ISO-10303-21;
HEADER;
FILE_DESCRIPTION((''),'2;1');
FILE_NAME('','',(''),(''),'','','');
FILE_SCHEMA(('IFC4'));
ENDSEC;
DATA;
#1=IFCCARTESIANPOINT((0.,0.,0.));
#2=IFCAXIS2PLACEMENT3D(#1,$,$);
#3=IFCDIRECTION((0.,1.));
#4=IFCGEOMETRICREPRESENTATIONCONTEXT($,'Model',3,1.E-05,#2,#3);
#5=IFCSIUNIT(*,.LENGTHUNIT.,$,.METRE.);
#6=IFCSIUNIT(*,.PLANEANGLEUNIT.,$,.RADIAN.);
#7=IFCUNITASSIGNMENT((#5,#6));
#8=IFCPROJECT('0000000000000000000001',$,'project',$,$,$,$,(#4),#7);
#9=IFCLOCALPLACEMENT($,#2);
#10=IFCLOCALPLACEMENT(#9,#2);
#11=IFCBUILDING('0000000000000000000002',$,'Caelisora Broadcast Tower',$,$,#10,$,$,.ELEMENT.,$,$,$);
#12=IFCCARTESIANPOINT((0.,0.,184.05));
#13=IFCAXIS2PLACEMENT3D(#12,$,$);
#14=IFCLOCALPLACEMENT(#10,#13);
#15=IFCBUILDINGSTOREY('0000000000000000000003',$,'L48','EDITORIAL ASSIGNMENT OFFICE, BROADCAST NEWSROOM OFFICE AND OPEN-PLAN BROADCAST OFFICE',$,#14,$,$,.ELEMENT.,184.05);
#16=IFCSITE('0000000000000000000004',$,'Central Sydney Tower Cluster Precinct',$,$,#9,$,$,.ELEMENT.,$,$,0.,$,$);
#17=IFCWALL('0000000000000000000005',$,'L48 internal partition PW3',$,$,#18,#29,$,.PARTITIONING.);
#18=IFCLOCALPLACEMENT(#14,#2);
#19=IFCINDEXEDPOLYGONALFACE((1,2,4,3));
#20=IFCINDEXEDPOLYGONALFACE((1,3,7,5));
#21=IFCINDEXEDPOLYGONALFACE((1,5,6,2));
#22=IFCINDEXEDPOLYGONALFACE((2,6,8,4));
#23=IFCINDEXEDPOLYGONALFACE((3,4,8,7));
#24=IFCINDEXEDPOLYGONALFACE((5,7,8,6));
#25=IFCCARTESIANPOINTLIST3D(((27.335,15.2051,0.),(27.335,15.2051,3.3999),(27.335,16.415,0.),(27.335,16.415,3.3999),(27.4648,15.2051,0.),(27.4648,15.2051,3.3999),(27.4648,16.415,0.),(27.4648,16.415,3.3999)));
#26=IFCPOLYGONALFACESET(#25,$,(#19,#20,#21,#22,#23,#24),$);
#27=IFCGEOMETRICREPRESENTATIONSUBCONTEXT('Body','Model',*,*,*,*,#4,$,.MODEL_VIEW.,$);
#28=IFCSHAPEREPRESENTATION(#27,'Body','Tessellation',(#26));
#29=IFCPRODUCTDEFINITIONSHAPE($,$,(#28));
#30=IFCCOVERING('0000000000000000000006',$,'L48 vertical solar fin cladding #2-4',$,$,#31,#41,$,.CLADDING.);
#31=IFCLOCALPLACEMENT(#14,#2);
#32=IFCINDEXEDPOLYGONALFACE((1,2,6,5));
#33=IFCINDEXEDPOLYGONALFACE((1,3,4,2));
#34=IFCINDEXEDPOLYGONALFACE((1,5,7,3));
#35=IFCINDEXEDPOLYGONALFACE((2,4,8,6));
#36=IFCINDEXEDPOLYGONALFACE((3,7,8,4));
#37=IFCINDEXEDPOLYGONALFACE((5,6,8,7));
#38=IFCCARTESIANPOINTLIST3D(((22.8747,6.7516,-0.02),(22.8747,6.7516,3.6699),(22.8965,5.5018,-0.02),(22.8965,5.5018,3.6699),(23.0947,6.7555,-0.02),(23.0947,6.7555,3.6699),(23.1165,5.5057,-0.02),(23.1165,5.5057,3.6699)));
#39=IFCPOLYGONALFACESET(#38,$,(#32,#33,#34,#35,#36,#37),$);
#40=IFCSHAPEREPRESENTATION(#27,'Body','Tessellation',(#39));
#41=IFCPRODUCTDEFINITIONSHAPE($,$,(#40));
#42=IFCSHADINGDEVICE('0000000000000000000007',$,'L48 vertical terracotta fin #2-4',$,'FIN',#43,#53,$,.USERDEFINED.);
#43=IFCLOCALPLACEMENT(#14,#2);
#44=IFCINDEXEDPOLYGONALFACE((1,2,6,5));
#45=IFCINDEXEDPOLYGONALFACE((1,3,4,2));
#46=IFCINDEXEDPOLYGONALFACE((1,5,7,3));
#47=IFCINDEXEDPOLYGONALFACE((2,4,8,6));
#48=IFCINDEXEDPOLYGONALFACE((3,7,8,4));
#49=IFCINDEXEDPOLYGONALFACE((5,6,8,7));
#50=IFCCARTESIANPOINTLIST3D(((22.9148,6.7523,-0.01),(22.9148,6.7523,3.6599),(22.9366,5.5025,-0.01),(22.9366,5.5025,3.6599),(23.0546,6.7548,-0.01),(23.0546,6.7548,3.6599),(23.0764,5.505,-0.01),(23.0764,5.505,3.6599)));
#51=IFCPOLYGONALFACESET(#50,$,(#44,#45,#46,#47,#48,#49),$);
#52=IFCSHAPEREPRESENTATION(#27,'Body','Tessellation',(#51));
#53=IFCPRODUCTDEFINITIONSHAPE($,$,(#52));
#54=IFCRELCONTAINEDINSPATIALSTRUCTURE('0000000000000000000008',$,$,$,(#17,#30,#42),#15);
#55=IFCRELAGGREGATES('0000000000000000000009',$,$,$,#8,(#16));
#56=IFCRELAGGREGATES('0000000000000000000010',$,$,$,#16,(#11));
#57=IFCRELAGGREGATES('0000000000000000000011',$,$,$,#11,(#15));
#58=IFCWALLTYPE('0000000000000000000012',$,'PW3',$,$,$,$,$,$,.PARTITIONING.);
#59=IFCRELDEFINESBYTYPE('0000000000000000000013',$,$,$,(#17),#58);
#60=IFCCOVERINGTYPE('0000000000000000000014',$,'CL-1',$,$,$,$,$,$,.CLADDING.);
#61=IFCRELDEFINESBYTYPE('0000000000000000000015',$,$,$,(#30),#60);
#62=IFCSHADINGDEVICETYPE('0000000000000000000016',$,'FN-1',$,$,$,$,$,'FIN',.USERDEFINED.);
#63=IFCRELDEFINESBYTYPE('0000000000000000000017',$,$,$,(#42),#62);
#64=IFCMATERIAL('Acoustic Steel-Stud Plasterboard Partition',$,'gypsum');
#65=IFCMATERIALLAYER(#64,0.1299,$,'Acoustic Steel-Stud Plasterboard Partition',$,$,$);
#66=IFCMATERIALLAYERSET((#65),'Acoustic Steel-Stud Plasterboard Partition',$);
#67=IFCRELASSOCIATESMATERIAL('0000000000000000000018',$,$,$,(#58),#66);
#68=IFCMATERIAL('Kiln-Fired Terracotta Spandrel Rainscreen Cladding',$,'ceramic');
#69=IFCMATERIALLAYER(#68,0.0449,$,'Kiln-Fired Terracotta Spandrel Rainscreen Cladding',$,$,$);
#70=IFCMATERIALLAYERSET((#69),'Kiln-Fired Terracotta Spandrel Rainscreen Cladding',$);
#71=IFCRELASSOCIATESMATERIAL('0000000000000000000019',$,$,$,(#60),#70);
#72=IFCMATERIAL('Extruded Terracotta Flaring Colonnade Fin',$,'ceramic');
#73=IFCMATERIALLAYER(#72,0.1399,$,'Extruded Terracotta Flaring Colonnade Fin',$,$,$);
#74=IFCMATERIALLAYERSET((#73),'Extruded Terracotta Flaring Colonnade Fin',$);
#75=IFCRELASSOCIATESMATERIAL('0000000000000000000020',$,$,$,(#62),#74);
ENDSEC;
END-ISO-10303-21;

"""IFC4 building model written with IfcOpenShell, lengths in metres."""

from ifc_helpers import new_model, si_unit, direction, frame, frame_2d, origin, origin_2d, place, context, subcontext, project, spatial, rectangle, extrude, source, transform, mapped, material, layer, layer_set, type_object, type_shapes, element, save


model = new_model("IFC4")

# Units and contexts
model_context = context("Model", 3, precision=1e-05, world=origin(), true_north=direction((0.0, 1.0)))
body_context = subcontext(model_context, "Body", "Model", "MODEL_VIEW")
ifc_project = project(units=[si_unit("LENGTHUNIT", "METRE"), si_unit("PLANEANGLEUNIT", "RADIAN")], contexts=[model_context])

# Site, building, storey
site_placement = place(None, origin())
site = spatial("IfcSite", under=ifc_project, at=site_placement, Name="Central Sydney Tower Cluster Precinct", CompositionType="ELEMENT", RefElevation=0.0)
building_placement = place(site_placement, origin())
building = spatial("IfcBuilding", under=site, at=building_placement, Name="Caelisora Broadcast Tower", CompositionType="ELEMENT")
storey_placement = place(building_placement, frame((0.0, 0.0, 184.05)))
storey = spatial("IfcBuildingStorey", under=building, at=storey_placement, Name="L48", Description="EDITORIAL ASSIGNMENT OFFICE, BROADCAST NEWSROOM OFFICE AND OPEN-PLAN BROADCAST OFFICE", CompositionType="ELEMENT", Elevation=184.05)

# Shared definitions
ifc_material_1 = material(Name="Acoustic Steel-Stud Plasterboard Partition", Category="gypsum")
ifc_layer_1 = layer(ifc_material_1, 0.1299, Name="Acoustic Steel-Stud Plasterboard Partition")
ifc_layer_set_1 = layer_set([ifc_layer_1], Name="Acoustic Steel-Stud Plasterboard Partition")
wall_type = type_object("IfcWallType", Name="PW3", PredefinedType="PARTITIONING", material=ifc_layer_set_1)

# Wall
wall_1_placement = place(storey_placement, frame((27.3999, 15.2051, 0.0), z_axis=(0.0, 0.0, 1.0), x_axis=(0.0, 1.0, 0.0)))
element("IfcWall", 1, at=wall_1_placement, inside=storey, type_object=wall_type, Name="L48 internal partition PW3", PredefinedType="PARTITIONING", context=body_context, shape_type="SweptSolid", body=[
    extrude(rectangle(XDim=1.21, YDim=0.1299, at=frame_2d((0.605, 0.0))), origin(), (0.0, 0.0, 1.0), 3.3999),
])

# Covering
ifc_material_2 = material(Name="Kiln-Fired Terracotta Spandrel Rainscreen Cladding", Category="ceramic")
ifc_layer_2 = layer(ifc_material_2, 0.0449, Name="Kiln-Fired Terracotta Spandrel Rainscreen Cladding")
ifc_layer_set_2 = layer_set([ifc_layer_2], Name="Kiln-Fired Terracotta Spandrel Rainscreen Cladding")
covering_type = type_object("IfcCoveringType", Name="CL-1", PredefinedType="CLADDING", material=ifc_layer_set_2)
shared_shape_1 = source(origin(), body_context, "Body", "SweptSolid", [
    extrude(rectangle(XDim=0.22, YDim=1.25, at=origin_2d()), origin(), (0.0, 0.0, 1.0), 3.6899),
])
type_shapes(covering_type, [shared_shape_1])
covering_placement = place(storey_placement, frame((22.9956, 6.1287, -0.02), z_axis=(0.0, 0.0, 1.0), x_axis=(-0.999848, -0.017452, 0.0)))
element("IfcCovering", 2, at=covering_placement, inside=storey, type_object=covering_type, Name="L48 vertical solar fin cladding #2-4", PredefinedType="CLADDING", context=body_context, shape_type="MappedRepresentation", body=[
    mapped(shared_shape_1, transform((0.0, 0.0, 0.0), scale=1.0)),
])

# Shading device
ifc_material_3 = material(Name="Extruded Terracotta Flaring Colonnade Fin", Category="ceramic")
ifc_layer_3 = layer(ifc_material_3, 0.1399, Name="Extruded Terracotta Flaring Colonnade Fin")
ifc_layer_set_3 = layer_set([ifc_layer_3], Name="Extruded Terracotta Flaring Colonnade Fin")
shading_device_type = type_object("IfcShadingDeviceType", Name="FN-1", ElementType="FIN", PredefinedType="USERDEFINED", material=ifc_layer_set_3)
shared_shape_2 = source(origin(), body_context, "Body", "SweptSolid", [
    extrude(rectangle(XDim=0.1399, YDim=1.25, at=origin_2d()), origin(), (0.0, 0.0, 1.0), 3.6699),
])
type_shapes(shading_device_type, [shared_shape_2])
shading_device_placement = place(storey_placement, frame((22.9956, 6.1287, -0.01), z_axis=(0.0, 0.0, 1.0), x_axis=(-0.999848, -0.017452, 0.0)))
element("IfcShadingDevice", 3, at=shading_device_placement, inside=storey, type_object=shading_device_type, Name="L48 vertical terracotta fin #2-4", ObjectType="FIN", PredefinedType="USERDEFINED", context=body_context, shape_type="MappedRepresentation", body=[
    mapped(shared_shape_2, transform((0.0, 0.0, 0.0), scale=1.0)),
])

save(model, "model.ifc")
